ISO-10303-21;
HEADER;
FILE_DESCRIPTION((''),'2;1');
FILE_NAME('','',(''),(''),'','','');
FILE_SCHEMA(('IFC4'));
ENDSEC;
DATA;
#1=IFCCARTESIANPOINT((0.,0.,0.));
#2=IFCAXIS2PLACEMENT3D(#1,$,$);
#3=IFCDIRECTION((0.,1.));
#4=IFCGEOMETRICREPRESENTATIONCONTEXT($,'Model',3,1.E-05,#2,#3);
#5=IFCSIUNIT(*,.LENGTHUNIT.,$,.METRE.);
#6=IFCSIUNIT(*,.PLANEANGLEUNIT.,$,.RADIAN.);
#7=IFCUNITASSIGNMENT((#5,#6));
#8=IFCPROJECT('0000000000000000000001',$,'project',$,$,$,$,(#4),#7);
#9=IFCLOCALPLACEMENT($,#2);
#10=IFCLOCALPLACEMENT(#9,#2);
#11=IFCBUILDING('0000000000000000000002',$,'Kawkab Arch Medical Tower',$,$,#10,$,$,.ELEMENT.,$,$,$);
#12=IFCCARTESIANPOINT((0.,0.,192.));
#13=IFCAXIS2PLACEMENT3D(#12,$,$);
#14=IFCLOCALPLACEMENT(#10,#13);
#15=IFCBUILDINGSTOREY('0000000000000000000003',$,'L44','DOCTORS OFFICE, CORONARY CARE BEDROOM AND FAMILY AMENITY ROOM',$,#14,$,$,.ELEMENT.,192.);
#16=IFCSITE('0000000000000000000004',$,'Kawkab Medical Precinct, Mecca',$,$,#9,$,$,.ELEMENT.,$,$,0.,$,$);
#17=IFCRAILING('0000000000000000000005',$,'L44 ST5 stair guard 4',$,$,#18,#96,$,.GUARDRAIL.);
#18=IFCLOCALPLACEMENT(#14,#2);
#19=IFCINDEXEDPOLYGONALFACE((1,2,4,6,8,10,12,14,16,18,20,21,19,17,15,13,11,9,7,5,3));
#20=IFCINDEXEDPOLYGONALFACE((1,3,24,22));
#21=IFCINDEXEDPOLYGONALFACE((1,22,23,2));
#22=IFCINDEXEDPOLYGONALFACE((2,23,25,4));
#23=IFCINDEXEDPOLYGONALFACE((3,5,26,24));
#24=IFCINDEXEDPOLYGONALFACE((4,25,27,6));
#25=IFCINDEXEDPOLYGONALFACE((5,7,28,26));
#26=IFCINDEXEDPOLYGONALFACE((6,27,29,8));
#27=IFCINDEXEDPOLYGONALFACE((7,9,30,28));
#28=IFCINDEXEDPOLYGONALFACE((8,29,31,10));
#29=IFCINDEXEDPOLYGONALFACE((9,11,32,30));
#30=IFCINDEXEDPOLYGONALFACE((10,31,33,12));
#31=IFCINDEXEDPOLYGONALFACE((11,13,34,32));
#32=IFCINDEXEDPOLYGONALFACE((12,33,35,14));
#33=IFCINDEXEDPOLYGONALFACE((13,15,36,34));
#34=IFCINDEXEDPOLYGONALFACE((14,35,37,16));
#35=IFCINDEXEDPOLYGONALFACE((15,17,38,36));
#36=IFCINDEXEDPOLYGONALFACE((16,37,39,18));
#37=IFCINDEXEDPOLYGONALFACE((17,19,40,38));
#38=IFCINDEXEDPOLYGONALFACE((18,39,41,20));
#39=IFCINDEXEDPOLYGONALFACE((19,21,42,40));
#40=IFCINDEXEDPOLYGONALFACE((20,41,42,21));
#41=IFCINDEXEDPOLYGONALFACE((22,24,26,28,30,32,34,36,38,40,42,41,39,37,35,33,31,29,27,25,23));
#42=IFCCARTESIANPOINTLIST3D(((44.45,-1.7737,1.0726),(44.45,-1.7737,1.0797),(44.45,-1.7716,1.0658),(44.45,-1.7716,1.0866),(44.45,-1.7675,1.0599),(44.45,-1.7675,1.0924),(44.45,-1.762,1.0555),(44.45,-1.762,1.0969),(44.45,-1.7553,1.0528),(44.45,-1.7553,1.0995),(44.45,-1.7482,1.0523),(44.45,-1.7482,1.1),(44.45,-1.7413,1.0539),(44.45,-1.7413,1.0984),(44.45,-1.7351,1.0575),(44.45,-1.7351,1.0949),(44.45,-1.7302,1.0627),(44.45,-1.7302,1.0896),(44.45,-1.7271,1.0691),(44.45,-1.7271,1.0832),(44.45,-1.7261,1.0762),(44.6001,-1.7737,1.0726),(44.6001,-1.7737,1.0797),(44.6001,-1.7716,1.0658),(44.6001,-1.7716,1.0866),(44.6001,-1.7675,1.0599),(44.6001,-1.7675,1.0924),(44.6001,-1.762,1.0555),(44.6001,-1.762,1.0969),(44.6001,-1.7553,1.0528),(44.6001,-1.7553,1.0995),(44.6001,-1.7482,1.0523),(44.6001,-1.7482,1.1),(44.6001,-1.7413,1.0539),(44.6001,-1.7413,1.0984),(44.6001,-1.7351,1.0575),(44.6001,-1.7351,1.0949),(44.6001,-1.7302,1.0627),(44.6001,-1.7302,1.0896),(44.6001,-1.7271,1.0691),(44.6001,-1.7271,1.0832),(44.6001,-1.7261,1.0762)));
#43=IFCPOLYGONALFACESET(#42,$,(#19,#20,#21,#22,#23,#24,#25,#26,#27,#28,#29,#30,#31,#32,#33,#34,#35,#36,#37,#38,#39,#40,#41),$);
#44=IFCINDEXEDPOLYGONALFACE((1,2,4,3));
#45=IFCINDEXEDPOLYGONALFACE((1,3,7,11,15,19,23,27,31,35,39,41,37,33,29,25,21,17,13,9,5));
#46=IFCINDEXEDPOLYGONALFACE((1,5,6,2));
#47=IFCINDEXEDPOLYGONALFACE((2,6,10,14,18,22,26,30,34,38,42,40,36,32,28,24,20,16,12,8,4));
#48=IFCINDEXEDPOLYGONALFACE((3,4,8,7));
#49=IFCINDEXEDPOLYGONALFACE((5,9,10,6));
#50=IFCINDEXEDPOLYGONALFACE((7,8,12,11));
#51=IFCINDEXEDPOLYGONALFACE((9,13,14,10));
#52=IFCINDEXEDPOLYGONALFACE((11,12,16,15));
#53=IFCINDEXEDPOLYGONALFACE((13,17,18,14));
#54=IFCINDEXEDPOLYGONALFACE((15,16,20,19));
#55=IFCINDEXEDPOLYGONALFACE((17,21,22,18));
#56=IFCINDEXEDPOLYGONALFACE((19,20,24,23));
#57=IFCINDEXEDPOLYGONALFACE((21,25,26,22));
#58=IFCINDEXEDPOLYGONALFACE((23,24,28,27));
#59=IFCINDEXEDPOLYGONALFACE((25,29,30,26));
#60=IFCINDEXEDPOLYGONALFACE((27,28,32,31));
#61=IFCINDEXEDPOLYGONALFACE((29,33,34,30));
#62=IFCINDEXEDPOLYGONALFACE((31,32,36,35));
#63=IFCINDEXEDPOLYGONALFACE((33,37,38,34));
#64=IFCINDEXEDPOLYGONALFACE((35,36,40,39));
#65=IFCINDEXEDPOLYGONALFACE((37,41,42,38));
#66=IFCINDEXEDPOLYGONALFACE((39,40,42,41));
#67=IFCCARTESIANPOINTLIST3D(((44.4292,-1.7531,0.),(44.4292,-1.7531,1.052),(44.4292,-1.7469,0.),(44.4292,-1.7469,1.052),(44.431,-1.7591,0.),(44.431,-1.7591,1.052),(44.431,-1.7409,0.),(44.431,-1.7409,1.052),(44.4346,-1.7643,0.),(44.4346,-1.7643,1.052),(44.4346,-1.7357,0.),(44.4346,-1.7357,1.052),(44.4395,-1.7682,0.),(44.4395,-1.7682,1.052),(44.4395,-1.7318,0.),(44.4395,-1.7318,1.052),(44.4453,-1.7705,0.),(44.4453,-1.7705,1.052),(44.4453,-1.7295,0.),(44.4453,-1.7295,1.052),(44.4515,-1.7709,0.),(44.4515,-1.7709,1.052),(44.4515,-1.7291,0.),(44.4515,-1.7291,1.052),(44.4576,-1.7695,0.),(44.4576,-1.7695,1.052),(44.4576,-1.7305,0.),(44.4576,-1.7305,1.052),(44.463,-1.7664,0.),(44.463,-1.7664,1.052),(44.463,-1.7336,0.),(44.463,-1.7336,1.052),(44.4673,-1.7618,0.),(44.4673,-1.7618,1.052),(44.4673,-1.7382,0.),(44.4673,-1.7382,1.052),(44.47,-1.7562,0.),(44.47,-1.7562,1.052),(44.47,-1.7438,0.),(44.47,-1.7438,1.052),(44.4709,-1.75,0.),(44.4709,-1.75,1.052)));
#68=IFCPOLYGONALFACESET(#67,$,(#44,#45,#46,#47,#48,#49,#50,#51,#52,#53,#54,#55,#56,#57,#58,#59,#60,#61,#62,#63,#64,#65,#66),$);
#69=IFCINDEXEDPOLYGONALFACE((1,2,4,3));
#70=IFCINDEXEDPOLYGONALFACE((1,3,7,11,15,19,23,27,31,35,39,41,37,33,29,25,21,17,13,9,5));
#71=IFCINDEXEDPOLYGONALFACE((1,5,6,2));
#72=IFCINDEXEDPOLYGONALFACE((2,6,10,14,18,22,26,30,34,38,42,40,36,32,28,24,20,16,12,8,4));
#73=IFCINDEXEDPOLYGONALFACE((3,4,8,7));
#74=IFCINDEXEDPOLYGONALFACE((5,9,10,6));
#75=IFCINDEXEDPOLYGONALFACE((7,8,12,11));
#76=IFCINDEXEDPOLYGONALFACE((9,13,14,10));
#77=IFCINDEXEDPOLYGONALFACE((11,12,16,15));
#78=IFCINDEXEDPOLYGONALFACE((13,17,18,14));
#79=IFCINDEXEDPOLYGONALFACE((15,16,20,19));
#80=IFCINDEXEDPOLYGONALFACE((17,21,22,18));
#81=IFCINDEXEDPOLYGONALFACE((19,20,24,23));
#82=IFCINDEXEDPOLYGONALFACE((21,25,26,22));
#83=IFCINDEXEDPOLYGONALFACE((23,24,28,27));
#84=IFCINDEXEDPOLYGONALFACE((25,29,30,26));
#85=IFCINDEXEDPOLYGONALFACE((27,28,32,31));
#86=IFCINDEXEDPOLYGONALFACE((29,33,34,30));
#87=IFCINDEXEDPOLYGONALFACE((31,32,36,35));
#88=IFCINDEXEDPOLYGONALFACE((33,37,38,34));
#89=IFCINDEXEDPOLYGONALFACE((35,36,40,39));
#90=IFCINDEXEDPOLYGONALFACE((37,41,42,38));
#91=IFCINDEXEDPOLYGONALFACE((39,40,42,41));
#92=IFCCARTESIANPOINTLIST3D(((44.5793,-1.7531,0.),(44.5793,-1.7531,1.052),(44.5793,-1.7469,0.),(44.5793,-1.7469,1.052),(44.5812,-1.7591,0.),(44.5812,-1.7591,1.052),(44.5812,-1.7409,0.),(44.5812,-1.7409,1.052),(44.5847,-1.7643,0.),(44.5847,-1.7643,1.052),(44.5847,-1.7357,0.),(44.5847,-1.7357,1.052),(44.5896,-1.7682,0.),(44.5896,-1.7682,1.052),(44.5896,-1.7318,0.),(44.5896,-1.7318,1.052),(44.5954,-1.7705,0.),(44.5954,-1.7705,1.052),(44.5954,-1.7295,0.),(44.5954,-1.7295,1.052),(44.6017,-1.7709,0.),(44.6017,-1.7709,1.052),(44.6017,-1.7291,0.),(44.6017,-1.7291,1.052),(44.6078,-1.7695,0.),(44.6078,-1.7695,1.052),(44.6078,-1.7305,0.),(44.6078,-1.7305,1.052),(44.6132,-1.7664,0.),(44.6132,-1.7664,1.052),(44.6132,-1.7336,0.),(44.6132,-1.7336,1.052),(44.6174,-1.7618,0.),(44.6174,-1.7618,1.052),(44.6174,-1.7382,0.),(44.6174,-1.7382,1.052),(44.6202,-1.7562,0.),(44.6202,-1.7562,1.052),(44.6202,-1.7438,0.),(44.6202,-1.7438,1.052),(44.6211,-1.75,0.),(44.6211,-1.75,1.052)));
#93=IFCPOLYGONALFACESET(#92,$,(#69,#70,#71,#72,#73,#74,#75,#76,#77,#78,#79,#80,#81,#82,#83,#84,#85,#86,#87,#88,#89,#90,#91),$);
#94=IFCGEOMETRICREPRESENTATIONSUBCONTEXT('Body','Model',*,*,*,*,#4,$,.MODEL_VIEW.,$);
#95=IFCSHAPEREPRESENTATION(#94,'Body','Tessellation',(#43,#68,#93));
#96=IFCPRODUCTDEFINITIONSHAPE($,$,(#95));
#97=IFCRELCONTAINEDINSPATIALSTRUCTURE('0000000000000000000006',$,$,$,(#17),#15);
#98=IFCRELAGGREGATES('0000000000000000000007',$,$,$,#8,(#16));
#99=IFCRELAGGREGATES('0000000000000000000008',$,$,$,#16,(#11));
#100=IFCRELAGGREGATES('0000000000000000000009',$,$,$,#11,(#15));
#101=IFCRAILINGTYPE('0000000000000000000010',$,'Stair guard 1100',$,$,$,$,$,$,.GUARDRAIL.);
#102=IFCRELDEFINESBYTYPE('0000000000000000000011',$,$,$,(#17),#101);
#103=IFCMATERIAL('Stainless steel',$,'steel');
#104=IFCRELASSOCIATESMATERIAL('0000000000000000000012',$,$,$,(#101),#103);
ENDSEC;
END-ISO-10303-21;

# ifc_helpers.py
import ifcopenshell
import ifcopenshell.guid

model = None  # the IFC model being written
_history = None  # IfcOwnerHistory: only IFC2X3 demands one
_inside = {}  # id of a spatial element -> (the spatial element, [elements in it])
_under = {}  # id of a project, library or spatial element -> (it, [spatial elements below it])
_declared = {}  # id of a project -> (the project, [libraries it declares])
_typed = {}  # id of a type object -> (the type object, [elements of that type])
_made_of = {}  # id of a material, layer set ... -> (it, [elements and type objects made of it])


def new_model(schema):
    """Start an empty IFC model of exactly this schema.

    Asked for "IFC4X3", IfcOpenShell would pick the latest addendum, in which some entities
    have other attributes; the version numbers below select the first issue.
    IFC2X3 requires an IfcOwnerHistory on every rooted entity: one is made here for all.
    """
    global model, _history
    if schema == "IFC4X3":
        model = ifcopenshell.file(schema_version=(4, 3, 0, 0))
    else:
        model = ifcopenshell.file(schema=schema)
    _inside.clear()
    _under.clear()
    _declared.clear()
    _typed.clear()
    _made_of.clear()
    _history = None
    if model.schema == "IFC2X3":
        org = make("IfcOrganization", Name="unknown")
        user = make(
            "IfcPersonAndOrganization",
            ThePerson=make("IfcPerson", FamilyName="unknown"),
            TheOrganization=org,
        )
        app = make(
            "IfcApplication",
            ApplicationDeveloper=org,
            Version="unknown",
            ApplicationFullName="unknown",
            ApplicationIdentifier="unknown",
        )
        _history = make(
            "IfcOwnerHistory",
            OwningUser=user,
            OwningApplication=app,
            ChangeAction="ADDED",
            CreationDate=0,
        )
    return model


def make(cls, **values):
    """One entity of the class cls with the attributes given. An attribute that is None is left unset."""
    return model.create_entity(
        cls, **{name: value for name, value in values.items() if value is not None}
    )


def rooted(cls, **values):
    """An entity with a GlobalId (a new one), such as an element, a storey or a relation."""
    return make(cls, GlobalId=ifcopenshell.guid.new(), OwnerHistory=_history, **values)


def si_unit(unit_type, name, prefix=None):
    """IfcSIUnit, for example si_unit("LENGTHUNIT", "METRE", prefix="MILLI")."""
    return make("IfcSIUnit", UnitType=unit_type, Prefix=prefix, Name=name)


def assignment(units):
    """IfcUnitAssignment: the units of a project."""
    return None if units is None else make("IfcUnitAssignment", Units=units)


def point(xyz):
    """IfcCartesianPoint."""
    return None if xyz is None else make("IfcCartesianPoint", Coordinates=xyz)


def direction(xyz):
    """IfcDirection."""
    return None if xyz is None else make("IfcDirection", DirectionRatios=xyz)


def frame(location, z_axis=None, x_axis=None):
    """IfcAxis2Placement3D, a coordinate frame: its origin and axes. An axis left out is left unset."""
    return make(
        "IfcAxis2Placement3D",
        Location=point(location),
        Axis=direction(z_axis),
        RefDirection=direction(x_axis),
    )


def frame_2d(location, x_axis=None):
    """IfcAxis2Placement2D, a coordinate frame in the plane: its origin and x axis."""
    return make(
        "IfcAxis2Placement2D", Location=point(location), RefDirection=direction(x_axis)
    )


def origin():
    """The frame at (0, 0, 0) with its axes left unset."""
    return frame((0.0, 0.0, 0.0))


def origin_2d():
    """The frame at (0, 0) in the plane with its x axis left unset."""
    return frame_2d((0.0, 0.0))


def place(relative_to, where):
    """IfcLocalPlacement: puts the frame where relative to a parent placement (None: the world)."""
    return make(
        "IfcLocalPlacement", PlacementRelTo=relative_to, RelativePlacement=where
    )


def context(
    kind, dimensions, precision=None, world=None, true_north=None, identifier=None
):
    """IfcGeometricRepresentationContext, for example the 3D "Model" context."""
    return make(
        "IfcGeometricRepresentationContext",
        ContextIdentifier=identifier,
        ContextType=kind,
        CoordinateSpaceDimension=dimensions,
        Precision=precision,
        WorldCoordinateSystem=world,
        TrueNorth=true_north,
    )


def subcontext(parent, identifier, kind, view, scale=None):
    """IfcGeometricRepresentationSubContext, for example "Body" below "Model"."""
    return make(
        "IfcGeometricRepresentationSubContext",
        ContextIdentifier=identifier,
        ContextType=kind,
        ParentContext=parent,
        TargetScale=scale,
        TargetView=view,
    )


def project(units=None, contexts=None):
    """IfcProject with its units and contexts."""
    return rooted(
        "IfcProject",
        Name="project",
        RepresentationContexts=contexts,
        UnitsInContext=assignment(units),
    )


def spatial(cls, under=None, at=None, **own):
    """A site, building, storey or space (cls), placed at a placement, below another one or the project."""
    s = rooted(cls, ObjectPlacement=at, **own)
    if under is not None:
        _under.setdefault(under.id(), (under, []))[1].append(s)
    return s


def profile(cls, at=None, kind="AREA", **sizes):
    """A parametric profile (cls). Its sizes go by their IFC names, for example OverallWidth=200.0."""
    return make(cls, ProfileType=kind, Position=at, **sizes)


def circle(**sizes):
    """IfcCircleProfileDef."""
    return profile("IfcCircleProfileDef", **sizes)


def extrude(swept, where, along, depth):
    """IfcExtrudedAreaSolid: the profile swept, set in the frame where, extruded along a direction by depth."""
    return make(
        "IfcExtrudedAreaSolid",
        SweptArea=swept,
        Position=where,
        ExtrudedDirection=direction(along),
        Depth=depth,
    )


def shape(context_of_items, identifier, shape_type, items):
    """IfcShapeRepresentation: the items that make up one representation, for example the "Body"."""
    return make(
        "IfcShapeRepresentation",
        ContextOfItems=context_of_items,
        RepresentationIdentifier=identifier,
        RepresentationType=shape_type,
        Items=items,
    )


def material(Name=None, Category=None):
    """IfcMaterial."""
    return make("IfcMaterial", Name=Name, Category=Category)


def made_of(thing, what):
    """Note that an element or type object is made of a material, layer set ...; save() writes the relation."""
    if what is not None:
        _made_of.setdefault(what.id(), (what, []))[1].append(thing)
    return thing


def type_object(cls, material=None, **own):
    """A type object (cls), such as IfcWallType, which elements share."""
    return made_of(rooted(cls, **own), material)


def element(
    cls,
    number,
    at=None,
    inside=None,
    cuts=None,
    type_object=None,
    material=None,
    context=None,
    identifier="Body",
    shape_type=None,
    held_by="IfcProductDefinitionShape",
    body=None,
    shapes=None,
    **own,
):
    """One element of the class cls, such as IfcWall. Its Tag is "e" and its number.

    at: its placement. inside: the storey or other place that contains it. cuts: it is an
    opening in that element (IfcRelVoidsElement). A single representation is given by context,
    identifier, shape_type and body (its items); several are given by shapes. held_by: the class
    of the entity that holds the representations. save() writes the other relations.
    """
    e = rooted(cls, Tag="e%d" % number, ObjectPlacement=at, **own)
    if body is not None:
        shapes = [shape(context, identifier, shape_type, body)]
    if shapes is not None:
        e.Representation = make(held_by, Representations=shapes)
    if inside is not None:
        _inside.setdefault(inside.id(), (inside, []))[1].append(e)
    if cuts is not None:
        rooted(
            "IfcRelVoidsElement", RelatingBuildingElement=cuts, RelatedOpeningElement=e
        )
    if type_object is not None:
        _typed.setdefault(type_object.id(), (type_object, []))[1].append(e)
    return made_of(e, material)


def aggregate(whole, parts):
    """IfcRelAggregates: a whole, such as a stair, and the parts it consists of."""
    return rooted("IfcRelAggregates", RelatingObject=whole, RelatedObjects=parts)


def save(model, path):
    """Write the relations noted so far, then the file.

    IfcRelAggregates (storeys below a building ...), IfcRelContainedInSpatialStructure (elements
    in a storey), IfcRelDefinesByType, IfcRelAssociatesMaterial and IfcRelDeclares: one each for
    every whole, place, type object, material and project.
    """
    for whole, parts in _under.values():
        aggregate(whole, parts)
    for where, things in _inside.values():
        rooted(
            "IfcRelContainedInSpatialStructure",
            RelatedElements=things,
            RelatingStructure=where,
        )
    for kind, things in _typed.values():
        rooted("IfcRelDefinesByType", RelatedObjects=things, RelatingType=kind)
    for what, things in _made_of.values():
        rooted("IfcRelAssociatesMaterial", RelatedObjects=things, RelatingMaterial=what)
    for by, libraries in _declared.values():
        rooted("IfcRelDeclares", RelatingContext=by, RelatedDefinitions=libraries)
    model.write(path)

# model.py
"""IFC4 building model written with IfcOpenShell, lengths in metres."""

from ifc_helpers import new_model, si_unit, direction, frame, origin, origin_2d, place, context, subcontext, project, spatial, circle, extrude, material, type_object, element, save


model = new_model("IFC4")

# Units and contexts
model_context = context("Model", 3, precision=1e-05, world=origin(), true_north=direction((0.0, 1.0)))
body_context = subcontext(model_context, "Body", "Model", "MODEL_VIEW")
ifc_project = project(units=[si_unit("LENGTHUNIT", "METRE"), si_unit("PLANEANGLEUNIT", "RADIAN")], contexts=[model_context])

# Site, building, storey
site_placement = place(None, origin())
site = spatial("IfcSite", under=ifc_project, at=site_placement, Name="Kawkab Medical Precinct, Mecca", CompositionType="ELEMENT", RefElevation=0.0)
building_placement = place(site_placement, origin())
building = spatial("IfcBuilding", under=site, at=building_placement, Name="Kawkab Arch Medical Tower", CompositionType="ELEMENT")
storey_placement = place(building_placement, frame((0.0, 0.0, 192.0)))
storey = spatial("IfcBuildingStorey", under=building, at=storey_placement, Name="L44", Description="DOCTORS OFFICE, CORONARY CARE BEDROOM AND FAMILY AMENITY ROOM", CompositionType="ELEMENT", Elevation=192.0)

# Railing
ifc_material_1 = material(Name="Stainless steel", Category="steel")
railing_type_1 = type_object("IfcRailingType", Name="Stair guard 1100", PredefinedType="GUARDRAIL", material=ifc_material_1)
railing_1_placement = place(storey_placement, frame((44.45, -1.75, 0.0)))
element("IfcRailing", 1, at=railing_1_placement, inside=storey, type_object=railing_type_1, Name="L44 ST5 stair guard 4", PredefinedType="GUARDRAIL", context=body_context, shape_type="SweptSolid", body=[
    extrude(circle(Radius=0.0239, at=origin_2d()), frame((0.0, 0.0, 1.0762), z_axis=(1.0, 0.0, 0.0), x_axis=(0.0, 1.0, 0.0)), (0.0, 0.0, 1.0), 0.1501),
    extrude(circle(Radius=0.021, at=origin_2d()), origin(), (0.0, 0.0, 1.0), 1.052),
    extrude(circle(Radius=0.021, at=origin_2d()), frame((0.1501, 0.0, 0.0)), (0.0, 0.0, 1.0), 1.052),
])

save(model, "model.ifc")
